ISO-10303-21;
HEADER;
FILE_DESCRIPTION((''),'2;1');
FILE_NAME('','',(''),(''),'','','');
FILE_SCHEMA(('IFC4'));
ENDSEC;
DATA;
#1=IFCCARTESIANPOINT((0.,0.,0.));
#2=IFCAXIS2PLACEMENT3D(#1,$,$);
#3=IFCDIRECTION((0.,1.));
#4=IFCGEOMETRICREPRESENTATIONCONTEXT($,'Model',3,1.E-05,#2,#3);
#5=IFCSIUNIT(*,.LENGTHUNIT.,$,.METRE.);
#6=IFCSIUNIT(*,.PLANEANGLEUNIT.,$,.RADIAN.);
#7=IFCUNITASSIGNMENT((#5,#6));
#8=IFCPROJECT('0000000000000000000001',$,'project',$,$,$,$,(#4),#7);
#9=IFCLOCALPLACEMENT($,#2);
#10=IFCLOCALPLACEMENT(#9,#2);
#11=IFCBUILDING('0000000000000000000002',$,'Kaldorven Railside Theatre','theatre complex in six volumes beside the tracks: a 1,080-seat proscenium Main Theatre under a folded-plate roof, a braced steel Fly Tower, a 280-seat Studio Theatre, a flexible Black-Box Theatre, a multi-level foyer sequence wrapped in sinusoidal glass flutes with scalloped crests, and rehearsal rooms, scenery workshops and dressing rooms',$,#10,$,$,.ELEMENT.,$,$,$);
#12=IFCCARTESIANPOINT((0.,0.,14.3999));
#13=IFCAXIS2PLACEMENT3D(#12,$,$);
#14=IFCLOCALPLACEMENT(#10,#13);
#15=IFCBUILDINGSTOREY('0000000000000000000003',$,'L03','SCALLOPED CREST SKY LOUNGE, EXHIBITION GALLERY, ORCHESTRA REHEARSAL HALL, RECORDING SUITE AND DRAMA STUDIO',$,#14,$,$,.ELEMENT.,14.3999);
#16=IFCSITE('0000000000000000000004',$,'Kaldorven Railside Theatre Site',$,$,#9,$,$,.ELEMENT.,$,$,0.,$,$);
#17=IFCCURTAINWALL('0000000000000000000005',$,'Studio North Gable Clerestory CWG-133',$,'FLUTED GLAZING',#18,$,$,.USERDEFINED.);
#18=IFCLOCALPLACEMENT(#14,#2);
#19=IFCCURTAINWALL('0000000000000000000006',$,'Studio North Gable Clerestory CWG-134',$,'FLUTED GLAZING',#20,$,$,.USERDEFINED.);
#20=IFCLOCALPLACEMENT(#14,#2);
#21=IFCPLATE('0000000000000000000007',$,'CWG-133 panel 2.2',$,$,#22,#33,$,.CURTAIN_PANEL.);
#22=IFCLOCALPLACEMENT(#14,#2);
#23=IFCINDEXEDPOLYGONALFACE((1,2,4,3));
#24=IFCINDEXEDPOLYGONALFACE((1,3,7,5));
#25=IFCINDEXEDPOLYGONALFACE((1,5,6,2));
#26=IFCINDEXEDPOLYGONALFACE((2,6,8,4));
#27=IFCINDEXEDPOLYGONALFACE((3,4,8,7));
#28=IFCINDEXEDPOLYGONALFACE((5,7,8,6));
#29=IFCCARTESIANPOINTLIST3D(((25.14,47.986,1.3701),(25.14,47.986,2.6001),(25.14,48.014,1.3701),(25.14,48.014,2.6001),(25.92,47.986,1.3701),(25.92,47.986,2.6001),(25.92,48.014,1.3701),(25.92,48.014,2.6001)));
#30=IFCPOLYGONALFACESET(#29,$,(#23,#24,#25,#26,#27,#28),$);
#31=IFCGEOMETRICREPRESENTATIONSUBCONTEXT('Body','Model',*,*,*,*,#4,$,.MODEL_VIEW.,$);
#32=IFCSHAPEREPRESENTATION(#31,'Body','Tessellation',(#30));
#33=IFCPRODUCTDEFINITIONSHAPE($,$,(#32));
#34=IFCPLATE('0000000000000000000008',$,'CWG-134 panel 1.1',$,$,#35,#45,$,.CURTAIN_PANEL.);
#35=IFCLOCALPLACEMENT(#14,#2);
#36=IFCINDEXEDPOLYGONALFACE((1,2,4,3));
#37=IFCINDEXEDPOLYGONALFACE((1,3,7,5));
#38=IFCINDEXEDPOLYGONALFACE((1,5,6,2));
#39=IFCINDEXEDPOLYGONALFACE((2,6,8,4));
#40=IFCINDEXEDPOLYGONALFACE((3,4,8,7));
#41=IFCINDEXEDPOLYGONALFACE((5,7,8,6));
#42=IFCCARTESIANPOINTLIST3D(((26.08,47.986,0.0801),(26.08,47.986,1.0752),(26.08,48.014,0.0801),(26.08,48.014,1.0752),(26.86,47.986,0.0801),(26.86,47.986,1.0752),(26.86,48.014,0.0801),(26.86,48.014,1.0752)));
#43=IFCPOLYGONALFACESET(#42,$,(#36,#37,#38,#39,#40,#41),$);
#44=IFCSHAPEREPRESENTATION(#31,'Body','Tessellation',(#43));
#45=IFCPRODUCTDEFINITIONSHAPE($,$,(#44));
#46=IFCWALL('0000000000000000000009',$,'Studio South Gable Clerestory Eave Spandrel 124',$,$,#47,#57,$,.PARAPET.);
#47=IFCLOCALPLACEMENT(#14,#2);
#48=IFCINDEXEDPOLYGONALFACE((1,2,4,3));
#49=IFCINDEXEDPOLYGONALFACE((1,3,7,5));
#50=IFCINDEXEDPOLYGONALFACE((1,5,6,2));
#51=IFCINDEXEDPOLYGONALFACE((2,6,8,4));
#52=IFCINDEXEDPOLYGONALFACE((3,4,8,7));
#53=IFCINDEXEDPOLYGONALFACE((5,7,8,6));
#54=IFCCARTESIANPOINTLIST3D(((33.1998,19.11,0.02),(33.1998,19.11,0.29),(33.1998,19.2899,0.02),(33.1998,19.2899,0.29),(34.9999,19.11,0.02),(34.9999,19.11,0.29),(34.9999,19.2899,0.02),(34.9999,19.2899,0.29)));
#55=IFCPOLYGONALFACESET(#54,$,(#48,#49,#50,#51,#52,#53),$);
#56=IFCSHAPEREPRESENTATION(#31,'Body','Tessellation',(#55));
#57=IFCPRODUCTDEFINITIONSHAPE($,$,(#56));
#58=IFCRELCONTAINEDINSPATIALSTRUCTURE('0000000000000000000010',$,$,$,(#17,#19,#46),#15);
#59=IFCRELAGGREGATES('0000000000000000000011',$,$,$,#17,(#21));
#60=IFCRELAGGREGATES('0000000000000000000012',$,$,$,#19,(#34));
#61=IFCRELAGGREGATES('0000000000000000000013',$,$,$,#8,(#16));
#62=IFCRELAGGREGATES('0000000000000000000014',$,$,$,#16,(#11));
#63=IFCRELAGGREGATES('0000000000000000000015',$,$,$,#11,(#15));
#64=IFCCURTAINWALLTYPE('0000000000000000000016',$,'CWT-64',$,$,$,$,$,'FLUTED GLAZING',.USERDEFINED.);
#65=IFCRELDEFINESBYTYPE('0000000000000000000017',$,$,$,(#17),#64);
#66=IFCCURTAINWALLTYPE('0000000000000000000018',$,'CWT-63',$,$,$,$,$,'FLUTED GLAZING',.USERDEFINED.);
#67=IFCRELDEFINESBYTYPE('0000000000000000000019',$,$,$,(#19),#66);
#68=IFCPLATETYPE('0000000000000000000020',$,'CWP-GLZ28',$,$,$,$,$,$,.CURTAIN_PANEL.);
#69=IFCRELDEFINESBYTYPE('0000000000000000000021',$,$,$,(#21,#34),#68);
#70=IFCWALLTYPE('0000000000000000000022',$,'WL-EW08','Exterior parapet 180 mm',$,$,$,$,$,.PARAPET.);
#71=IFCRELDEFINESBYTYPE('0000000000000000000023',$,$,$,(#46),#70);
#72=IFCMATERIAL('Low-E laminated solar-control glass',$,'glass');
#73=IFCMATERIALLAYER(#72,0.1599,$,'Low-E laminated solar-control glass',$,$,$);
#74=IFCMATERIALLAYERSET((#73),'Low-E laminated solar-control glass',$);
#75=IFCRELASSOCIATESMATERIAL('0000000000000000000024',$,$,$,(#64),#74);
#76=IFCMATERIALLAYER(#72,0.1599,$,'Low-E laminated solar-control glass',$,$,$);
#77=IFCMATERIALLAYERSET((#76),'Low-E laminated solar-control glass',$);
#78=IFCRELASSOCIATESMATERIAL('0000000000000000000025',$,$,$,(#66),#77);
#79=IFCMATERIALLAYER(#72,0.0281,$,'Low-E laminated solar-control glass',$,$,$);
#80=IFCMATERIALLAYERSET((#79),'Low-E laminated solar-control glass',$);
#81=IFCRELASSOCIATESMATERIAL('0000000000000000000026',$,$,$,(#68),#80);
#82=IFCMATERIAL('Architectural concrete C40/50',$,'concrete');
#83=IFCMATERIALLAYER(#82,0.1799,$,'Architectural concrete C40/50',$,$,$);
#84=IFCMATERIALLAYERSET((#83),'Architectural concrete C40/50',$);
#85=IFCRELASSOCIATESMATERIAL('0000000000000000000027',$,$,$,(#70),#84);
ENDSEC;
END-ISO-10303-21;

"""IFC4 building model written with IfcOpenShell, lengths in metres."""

from ifc_helpers import new_model, si_unit, direction, frame, frame_2d, origin, origin_2d, place, context, subcontext, project, spatial, rectangle, extrude, material, layer, layer_set, type_object, element, aggregate, save


model = new_model("IFC4")

# Units and contexts
model_context = context("Model", 3, precision=1e-05, world=origin(), true_north=direction((0.0, 1.0)))
body_context = subcontext(model_context, "Body", "Model", "MODEL_VIEW")
ifc_project = project(units=[si_unit("LENGTHUNIT", "METRE"), si_unit("PLANEANGLEUNIT", "RADIAN")], contexts=[model_context])

# Site, building, storey
site_placement = place(None, origin())
site = spatial("IfcSite", under=ifc_project, at=site_placement, Name="Kaldorven Railside Theatre Site", CompositionType="ELEMENT", RefElevation=0.0)
building_placement = place(site_placement, origin())
building = spatial("IfcBuilding", under=site, at=building_placement, Name="Kaldorven Railside Theatre", Description="theatre complex in six volumes beside the tracks: a 1,080-seat proscenium Main Theatre under a folded-plate roof, a braced steel Fly Tower, a 280-seat Studio Theatre, a flexible Black-Box Theatre, a multi-level foyer sequence wrapped in sinusoidal glass flutes with scalloped crests, and rehearsal rooms, scenery workshops and dressing rooms", CompositionType="ELEMENT")
storey_placement = place(building_placement, frame((0.0, 0.0, 14.3999)))
storey = spatial("IfcBuildingStorey", under=building, at=storey_placement, Name="L03", Description="SCALLOPED CREST SKY LOUNGE, EXHIBITION GALLERY, ORCHESTRA REHEARSAL HALL, RECORDING SUITE AND DRAMA STUDIO", CompositionType="ELEMENT", Elevation=14.3999)

# Curtain wall
ifc_material_1 = material(Name="Low-E laminated solar-control glass", Category="glass")
ifc_layer_1 = layer(ifc_material_1, 0.1599, Name="Low-E laminated solar-control glass")
ifc_layer_set_1 = layer_set([ifc_layer_1], Name="Low-E laminated solar-control glass")
curtain_wall_type_1 = type_object("IfcCurtainWallType", Name="CWT-64", ElementType="FLUTED GLAZING", PredefinedType="USERDEFINED", material=ifc_layer_set_1)
curtain_wall_1_placement = place(storey_placement, origin())
curtain_wall_1 = element("IfcCurtainWall", 1, at=curtain_wall_1_placement, inside=storey, type_object=curtain_wall_type_1, Name="Studio North Gable Clerestory CWG-133", ObjectType="FLUTED GLAZING", PredefinedType="USERDEFINED")

# Curtain wall
ifc_layer_2 = layer(ifc_material_1, 0.1599, Name="Low-E laminated solar-control glass")
ifc_layer_set_2 = layer_set([ifc_layer_2], Name="Low-E laminated solar-control glass")
curtain_wall_type_2 = type_object("IfcCurtainWallType", Name="CWT-63", ElementType="FLUTED GLAZING", PredefinedType="USERDEFINED", material=ifc_layer_set_2)
curtain_wall_2_placement = place(storey_placement, origin())
curtain_wall_2 = element("IfcCurtainWall", 2, at=curtain_wall_2_placement, inside=storey, type_object=curtain_wall_type_2, Name="Studio North Gable Clerestory CWG-134", ObjectType="FLUTED GLAZING", PredefinedType="USERDEFINED")

# Plates
ifc_layer_3 = layer(ifc_material_1, 0.0281, Name="Low-E laminated solar-control glass")
ifc_layer_set_3 = layer_set([ifc_layer_3], Name="Low-E laminated solar-control glass")
plate_type = type_object("IfcPlateType", Name="CWP-GLZ28", PredefinedType="CURTAIN_PANEL", material=ifc_layer_set_3)
plate_1_placement = place(storey_placement, frame((25.53, 48.0, 1.3701), z_axis=(0.0, 0.0, 1.0), x_axis=(1.0, 0.0, 0.0)))
plate_1 = element("IfcPlate", 3, at=plate_1_placement, type_object=plate_type, Name="CWG-133 panel 2.2", PredefinedType="CURTAIN_PANEL", context=body_context, shape_type="SweptSolid", body=[
    extrude(rectangle(XDim=0.78, YDim=0.0281, at=origin_2d()), origin(), (0.0, 0.0, 1.0), 1.23),
])
aggregate(curtain_wall_1, [plate_1])
plate_2_placement = place(storey_placement, frame((26.47, 48.0, 0.0801), z_axis=(0.0, 0.0, 1.0), x_axis=(1.0, 0.0, 0.0)))
plate_2 = element("IfcPlate", 4, at=plate_2_placement, type_object=plate_type, Name="CWG-134 panel 1.1", PredefinedType="CURTAIN_PANEL", context=body_context, shape_type="SweptSolid", body=[
    extrude(rectangle(XDim=0.78, YDim=0.0281, at=origin_2d()), origin(), (0.0, 0.0, 1.0), 0.9951),
])
aggregate(curtain_wall_2, [plate_2])

# Wall
ifc_material_2 = material(Name="Architectural concrete C40/50", Category="concrete")
ifc_layer_4 = layer(ifc_material_2, 0.1799, Name="Architectural concrete C40/50")
ifc_layer_set_4 = layer_set([ifc_layer_4], Name="Architectural concrete C40/50")
wall_type = type_object("IfcWallType", Name="WL-EW08", Description="Exterior parapet 180 mm", PredefinedType="PARAPET", material=ifc_layer_set_4)
wall_placement = place(storey_placement, frame((33.2, 19.2, 0.02), z_axis=(0.0, 0.0, 1.0), x_axis=(1.0, 0.0, 0.0)))
element("IfcWall", 5, at=wall_placement, inside=storey, type_object=wall_type, Name="Studio South Gable Clerestory Eave Spandrel 124", PredefinedType="PARAPET", context=body_context, shape_type="SweptSolid", body=[
    extrude(rectangle(XDim=1.8, YDim=0.1799, at=frame_2d((0.8999, 0.0))), origin(), (0.0, 0.0, 1.0), 0.27),
])

save(model, "model.ifc")
